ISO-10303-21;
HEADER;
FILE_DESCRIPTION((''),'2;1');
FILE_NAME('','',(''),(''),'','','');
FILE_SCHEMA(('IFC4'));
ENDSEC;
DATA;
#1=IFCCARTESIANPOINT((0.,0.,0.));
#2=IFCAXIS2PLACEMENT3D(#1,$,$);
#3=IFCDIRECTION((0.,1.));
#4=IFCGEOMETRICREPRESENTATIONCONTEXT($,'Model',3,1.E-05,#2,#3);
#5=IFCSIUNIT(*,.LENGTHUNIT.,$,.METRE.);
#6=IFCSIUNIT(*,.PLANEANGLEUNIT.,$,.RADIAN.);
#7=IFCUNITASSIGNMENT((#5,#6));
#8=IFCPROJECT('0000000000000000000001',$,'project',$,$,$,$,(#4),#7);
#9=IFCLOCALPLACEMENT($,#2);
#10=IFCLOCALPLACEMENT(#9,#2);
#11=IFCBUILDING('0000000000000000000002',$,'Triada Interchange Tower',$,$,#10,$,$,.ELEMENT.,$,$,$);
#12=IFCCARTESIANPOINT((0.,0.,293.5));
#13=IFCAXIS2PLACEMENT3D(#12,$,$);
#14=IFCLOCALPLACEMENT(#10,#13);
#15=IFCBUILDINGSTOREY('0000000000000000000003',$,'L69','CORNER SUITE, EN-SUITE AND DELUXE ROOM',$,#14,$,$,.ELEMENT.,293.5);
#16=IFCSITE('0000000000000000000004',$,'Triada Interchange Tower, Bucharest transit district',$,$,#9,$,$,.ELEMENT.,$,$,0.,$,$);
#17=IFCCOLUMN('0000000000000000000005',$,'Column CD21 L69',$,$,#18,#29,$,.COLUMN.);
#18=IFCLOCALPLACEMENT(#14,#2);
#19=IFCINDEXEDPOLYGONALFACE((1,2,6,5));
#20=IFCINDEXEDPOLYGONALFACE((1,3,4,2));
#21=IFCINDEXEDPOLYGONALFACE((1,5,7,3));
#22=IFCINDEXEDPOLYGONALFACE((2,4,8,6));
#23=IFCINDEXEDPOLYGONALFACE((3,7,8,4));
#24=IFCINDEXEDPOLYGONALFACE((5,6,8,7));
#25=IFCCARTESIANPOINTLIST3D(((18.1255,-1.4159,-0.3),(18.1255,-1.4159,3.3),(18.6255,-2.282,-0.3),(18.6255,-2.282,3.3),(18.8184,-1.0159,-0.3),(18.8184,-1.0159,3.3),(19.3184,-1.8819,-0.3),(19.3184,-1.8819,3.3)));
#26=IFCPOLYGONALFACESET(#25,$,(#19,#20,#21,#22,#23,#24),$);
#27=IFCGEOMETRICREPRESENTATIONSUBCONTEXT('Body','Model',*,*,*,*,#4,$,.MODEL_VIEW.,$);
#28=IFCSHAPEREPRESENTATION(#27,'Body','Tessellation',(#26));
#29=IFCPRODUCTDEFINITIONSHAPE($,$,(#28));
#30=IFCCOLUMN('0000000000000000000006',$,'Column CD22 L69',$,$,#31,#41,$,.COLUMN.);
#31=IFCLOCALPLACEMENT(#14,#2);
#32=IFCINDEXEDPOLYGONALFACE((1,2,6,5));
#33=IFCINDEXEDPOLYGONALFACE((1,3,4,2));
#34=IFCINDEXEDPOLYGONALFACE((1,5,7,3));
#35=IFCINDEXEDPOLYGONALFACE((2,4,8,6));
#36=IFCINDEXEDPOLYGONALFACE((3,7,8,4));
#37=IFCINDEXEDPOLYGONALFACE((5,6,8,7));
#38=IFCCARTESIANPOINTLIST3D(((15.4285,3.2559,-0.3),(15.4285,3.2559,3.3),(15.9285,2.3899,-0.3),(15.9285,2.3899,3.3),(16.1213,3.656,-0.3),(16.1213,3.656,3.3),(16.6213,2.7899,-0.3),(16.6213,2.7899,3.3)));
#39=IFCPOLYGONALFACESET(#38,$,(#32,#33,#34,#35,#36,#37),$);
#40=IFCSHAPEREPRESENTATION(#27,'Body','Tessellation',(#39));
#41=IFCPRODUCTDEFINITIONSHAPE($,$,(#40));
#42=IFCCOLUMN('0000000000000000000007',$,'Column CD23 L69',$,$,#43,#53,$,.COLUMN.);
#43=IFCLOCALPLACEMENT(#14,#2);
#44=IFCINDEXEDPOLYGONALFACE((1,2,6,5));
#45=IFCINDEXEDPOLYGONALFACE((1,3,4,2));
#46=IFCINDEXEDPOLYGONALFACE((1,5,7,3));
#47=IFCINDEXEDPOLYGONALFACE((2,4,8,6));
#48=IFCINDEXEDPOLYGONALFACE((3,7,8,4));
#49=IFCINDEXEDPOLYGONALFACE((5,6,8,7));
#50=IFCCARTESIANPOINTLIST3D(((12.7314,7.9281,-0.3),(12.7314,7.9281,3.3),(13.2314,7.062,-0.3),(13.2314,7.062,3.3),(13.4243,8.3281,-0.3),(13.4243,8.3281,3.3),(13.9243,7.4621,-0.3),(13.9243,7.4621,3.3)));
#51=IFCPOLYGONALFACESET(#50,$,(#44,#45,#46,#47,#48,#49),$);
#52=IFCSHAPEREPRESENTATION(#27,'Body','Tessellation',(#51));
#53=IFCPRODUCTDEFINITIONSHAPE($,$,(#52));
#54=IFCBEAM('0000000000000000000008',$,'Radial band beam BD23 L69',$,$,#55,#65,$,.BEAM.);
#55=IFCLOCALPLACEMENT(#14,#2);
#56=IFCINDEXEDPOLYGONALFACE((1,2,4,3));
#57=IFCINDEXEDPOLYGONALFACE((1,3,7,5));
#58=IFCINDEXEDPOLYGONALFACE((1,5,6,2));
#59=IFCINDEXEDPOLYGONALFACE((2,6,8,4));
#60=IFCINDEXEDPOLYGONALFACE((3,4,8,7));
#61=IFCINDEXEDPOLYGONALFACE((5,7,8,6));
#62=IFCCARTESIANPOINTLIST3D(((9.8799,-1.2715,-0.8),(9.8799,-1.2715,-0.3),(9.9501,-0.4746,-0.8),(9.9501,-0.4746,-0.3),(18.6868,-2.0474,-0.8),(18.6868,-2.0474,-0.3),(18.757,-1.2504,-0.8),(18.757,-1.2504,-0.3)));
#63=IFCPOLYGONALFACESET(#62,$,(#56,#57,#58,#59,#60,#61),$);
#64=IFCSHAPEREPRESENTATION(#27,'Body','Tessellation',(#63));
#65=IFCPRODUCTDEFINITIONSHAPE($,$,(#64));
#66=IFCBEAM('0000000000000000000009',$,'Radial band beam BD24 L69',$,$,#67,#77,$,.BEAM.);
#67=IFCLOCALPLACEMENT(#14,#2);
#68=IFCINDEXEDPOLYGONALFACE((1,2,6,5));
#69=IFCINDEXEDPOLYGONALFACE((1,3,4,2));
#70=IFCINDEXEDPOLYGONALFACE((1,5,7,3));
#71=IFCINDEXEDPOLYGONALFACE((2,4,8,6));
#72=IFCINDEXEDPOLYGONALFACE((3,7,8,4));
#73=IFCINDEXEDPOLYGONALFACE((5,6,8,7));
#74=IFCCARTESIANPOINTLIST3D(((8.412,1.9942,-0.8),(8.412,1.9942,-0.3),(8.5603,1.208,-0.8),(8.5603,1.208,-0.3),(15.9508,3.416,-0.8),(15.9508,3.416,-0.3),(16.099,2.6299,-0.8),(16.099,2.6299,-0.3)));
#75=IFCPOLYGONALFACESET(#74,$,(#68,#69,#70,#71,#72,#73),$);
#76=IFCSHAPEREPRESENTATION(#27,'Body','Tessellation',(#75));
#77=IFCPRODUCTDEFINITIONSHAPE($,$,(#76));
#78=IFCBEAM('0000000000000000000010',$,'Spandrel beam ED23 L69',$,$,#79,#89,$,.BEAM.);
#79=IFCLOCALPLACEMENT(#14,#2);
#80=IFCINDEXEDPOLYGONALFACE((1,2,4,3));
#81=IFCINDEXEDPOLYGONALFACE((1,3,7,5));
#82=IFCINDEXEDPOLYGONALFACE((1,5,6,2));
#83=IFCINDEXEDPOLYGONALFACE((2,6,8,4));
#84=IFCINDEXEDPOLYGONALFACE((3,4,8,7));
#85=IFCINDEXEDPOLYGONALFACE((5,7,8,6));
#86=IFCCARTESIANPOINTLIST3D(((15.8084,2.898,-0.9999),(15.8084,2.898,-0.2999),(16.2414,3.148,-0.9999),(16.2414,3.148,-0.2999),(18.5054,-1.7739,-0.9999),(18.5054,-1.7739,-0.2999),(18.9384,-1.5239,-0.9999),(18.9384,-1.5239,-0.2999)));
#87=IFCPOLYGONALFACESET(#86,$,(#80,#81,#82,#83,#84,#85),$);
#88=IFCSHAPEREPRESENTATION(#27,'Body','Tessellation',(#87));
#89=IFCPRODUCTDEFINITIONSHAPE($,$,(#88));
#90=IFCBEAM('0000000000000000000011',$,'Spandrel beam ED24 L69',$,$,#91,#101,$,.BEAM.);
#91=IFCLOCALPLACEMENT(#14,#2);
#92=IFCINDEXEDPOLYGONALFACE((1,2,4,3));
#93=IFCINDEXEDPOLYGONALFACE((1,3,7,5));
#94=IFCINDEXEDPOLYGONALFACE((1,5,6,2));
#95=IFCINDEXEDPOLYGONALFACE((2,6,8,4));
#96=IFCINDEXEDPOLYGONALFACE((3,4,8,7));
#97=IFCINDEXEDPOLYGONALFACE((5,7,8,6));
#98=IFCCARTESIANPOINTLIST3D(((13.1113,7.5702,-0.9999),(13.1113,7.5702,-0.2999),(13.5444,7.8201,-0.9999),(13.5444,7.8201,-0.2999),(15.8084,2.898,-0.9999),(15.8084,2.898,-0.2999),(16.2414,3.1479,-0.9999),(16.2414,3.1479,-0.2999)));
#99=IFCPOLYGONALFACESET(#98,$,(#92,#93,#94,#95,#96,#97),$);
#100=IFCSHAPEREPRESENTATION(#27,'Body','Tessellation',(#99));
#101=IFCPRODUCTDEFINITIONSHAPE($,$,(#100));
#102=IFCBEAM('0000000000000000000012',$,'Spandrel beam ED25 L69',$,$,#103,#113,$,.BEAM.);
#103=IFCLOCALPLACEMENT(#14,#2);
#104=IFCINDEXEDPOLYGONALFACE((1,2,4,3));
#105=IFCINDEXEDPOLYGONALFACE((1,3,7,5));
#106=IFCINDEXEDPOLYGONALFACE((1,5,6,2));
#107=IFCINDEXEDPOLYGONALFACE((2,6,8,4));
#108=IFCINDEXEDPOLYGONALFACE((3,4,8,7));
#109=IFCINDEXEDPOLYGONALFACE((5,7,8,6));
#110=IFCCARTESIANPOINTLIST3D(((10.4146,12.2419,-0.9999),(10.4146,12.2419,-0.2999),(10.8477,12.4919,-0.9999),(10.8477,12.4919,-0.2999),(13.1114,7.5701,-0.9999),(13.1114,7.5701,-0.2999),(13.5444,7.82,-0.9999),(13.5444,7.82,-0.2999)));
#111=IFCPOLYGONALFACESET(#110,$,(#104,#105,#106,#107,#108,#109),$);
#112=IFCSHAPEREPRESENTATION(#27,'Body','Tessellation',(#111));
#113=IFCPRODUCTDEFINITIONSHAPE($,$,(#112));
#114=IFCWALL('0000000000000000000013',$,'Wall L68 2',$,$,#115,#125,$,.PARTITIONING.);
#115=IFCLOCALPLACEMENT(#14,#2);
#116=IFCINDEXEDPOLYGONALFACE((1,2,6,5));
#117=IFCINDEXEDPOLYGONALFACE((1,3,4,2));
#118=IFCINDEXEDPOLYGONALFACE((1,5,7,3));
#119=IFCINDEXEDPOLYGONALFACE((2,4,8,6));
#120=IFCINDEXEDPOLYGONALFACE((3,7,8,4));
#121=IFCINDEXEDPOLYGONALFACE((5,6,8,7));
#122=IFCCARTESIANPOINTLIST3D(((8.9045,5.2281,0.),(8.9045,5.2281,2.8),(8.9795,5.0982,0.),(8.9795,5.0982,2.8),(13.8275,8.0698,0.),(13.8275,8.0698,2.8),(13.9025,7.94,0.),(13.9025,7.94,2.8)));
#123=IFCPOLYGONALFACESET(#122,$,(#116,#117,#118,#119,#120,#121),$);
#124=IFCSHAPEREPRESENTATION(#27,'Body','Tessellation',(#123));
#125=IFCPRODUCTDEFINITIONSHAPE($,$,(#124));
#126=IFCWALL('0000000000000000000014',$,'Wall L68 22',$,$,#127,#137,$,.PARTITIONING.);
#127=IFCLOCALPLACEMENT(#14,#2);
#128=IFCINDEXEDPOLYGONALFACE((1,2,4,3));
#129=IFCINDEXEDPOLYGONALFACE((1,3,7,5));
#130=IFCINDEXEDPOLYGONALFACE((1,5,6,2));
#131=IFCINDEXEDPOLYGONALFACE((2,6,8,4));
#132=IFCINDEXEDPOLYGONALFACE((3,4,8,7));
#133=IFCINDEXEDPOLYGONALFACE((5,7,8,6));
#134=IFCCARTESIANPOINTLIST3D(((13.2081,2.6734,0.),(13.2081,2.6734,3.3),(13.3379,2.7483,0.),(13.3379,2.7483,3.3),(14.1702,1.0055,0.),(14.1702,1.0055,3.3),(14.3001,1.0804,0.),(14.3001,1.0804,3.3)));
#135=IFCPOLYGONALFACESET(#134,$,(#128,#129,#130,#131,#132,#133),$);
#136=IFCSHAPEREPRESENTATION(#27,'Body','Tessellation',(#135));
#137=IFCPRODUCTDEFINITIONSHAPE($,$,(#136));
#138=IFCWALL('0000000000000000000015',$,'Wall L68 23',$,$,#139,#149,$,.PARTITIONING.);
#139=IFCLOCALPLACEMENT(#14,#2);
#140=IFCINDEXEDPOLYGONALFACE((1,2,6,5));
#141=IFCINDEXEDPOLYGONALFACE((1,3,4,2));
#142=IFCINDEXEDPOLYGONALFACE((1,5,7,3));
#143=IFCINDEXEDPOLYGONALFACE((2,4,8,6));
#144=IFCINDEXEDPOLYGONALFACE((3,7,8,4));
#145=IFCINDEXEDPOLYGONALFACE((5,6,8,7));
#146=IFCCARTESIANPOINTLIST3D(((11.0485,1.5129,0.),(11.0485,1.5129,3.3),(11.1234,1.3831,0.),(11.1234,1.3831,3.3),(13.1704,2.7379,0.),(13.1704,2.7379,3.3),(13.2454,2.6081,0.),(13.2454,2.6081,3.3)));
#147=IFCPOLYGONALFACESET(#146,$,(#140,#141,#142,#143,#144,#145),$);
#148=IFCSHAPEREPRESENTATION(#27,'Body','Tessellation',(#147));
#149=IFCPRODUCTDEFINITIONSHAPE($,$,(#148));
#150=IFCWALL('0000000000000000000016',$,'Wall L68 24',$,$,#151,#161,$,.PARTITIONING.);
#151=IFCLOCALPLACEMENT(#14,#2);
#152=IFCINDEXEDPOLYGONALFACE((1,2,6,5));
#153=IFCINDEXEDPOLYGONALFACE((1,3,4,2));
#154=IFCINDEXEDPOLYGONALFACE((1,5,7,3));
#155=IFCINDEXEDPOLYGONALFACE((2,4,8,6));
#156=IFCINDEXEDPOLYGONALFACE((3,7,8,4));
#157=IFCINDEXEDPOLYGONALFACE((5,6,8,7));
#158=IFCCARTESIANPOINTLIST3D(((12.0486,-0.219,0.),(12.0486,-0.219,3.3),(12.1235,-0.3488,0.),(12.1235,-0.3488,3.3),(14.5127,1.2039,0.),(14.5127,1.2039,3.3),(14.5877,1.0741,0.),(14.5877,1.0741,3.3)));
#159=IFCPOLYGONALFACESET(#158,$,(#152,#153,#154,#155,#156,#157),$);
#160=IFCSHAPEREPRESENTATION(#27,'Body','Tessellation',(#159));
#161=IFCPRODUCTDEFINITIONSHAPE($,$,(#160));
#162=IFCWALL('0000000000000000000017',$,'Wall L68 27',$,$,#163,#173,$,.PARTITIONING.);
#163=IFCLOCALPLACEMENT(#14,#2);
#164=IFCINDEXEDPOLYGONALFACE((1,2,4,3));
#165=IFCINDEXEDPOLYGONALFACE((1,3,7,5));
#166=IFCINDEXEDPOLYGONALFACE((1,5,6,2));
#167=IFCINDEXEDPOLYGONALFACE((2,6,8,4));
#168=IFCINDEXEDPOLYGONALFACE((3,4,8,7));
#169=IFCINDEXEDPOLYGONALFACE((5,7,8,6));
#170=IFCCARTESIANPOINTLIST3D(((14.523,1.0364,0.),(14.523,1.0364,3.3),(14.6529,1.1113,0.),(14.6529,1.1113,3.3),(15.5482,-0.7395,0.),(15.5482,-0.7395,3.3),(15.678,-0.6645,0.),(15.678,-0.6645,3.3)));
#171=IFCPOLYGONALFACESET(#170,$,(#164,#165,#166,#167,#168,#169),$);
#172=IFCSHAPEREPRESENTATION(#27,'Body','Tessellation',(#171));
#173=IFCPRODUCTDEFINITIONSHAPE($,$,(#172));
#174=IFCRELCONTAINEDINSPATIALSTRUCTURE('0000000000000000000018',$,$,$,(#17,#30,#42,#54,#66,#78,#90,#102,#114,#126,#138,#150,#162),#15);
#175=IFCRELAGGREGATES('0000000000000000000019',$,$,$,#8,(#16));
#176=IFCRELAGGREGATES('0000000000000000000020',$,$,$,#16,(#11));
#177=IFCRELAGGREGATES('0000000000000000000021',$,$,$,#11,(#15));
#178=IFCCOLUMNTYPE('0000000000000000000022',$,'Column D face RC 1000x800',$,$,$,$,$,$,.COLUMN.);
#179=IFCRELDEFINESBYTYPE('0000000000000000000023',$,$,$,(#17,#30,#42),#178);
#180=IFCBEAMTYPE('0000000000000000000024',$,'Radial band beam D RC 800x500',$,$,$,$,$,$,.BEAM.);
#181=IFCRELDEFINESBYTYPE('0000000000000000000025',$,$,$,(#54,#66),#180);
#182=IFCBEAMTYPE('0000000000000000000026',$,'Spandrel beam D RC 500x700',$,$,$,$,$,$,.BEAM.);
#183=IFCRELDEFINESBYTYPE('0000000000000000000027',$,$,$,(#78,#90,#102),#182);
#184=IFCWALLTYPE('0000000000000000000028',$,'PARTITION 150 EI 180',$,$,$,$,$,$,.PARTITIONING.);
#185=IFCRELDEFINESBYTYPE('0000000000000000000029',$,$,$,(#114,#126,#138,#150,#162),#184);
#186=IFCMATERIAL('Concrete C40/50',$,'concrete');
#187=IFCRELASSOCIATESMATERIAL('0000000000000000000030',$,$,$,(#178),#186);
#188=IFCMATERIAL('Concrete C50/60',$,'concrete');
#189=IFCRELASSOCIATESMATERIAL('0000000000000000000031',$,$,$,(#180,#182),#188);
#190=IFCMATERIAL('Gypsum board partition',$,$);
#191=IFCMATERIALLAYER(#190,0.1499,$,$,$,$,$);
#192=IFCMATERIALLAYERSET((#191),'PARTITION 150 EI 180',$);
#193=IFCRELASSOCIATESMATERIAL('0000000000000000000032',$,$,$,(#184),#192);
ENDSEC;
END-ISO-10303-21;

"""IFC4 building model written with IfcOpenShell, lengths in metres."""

from ifc_helpers import new_model, si_unit, direction, frame, frame_2d, origin, origin_2d, place, context, subcontext, project, spatial, rectangle, extrude, material, layer, layer_set, material_profile, profile_set, type_object, element, save


model = new_model("IFC4")

# Units and contexts
model_context = context("Model", 3, precision=1e-05, world=origin(), true_north=direction((0.0, 1.0)))
body_context = subcontext(model_context, "Body", "Model", "MODEL_VIEW")
ifc_project = project(units=[si_unit("LENGTHUNIT", "METRE"), si_unit("PLANEANGLEUNIT", "RADIAN")], contexts=[model_context])

# Site, building, storey
site_placement = place(None, origin())
site = spatial("IfcSite", under=ifc_project, at=site_placement, Name="Triada Interchange Tower, Bucharest transit district", CompositionType="ELEMENT", RefElevation=0.0)
building_placement = place(site_placement, origin())
building = spatial("IfcBuilding", under=site, at=building_placement, Name="Triada Interchange Tower", CompositionType="ELEMENT")
storey_placement = place(building_placement, frame((0.0, 0.0, 293.5)))
storey = spatial("IfcBuildingStorey", under=building, at=storey_placement, Name="L69", Description="CORNER SUITE, EN-SUITE AND DELUXE ROOM", CompositionType="ELEMENT", Elevation=293.5)

# Columns
ifc_material_1 = material(Name="Concrete C40/50", Category="concrete")
ifc_material_profile_1 = material_profile(ifc_material_1, rectangle(XDim=1.0, YDim=0.8, at=origin_2d()), Name="RC 1000x800")
ifc_profile_set_1 = profile_set([ifc_material_profile_1], Name="Concrete C40/50")
column_type = type_object("IfcColumnType", Name="Column D face RC 1000x800", PredefinedType="COLUMN", material=ifc_profile_set_1)
for number, where, z_axis, x_axis, name in (
    (1, (18.7219, -1.6489, -0.3), (0.0, 0.0, 1.0), (-0.5, 0.866025, 0.0), "Column CD21 L69"),
    (2, (16.0249, 3.0229, -0.3), (0.0, 0.0, 1.0), (-0.5, 0.866025, 0.0), "Column CD22 L69"),
    (3, (13.3279, 7.6951, -0.3), (0.0, 0.0, 1.0), (-0.5, 0.866025, 0.0), "Column CD23 L69"),
):
    element("IfcColumn", number, at=place(storey_placement, frame(where, z_axis=z_axis, x_axis=x_axis)), inside=storey, type_object=column_type, Name=name, PredefinedType="COLUMN", context=body_context, shape_type="SweptSolid", body=[
        extrude(rectangle(XDim=1.0, YDim=0.8, at=origin_2d()), origin(), (0.0, 0.0, 1.0), 3.6001),
    ])

# Beams
ifc_material_2 = material(Name="Concrete C50/60", Category="concrete")
ifc_material_profile_2 = material_profile(ifc_material_2, rectangle(XDim=0.8, YDim=0.5, at=origin_2d()), Name="RC 800x500")
ifc_profile_set_2 = profile_set([ifc_material_profile_2], Name="Concrete C50/60")
beam_type_1 = type_object("IfcBeamType", Name="Radial band beam D RC 800x500", PredefinedType="BEAM", material=ifc_profile_set_2)
beam_1_placement = place(storey_placement, frame((18.7219, -1.6489, -0.55), z_axis=(-0.996142, 0.087759, 0.0), x_axis=(-0.087759, -0.996142, 0.0)))
element("IfcBeam", 4, at=beam_1_placement, inside=storey, type_object=beam_type_1, Name="Radial band beam BD23 L69", PredefinedType="BEAM", context=body_context, shape_type="SweptSolid", body=[
    extrude(rectangle(XDim=0.8, YDim=0.5, at=origin_2d()), origin(), (0.0, 0.0, 1.0), 8.8411),
])
beam_2_placement = place(storey_placement, frame((16.0249, 3.0229, -0.55), z_axis=(-0.982675, -0.185339, 0.0), x_axis=(0.185339, -0.982675, 0.0)))
element("IfcBeam", 5, at=beam_2_placement, inside=storey, type_object=beam_type_1, Name="Radial band beam BD24 L69", PredefinedType="BEAM", context=body_context, shape_type="SweptSolid", body=[
    extrude(rectangle(XDim=0.8, YDim=0.5, at=origin_2d()), origin(), (0.0, 0.0, 1.0), 7.6716),
])
ifc_material_profile_3 = material_profile(ifc_material_2, rectangle(XDim=0.5, YDim=0.7, at=origin_2d()), Name="RC 500x700")
ifc_profile_set_3 = profile_set([ifc_material_profile_3], Name="Concrete C50/60")
beam_type_2 = type_object("IfcBeamType", Name="Spandrel beam D RC 500x700", PredefinedType="BEAM", material=ifc_profile_set_3)
beam_3_placement = place(storey_placement, frame((18.7219, -1.6489, -0.6499), z_axis=(-0.49996, 0.866048, 0.0), x_axis=(-0.866048, -0.49996, 0.0)))
element("IfcBeam", 6, at=beam_3_placement, inside=storey, type_object=beam_type_2, Name="Spandrel beam ED23 L69", PredefinedType="BEAM", context=body_context, shape_type="SweptSolid", body=[
    extrude(rectangle(XDim=0.5, YDim=0.7, at=origin_2d()), origin(), (0.0, 0.0, 1.0), 5.3945),
])
beam_4_placement = place(storey_placement, frame((16.0249, 3.0229, -0.6499), z_axis=(-0.499941, 0.86606, 0.0), x_axis=(-0.86606, -0.499941, 0.0)))
element("IfcBeam", 7, at=beam_4_placement, inside=storey, type_object=beam_type_2, Name="Spandrel beam ED24 L69", PredefinedType="BEAM", context=body_context, shape_type="SweptSolid", body=[
    extrude(rectangle(XDim=0.5, YDim=0.7, at=origin_2d()), origin(), (0.0, 0.0, 1.0), 5.3948),
])
beam_5_placement = place(storey_placement, frame((13.3279, 7.6951, -0.6499), z_axis=(-0.499926, 0.866068, 0.0), x_axis=(-0.866068, -0.499926, 0.0)))
element("IfcBeam", 8, at=beam_5_placement, inside=storey, type_object=beam_type_2, Name="Spandrel beam ED25 L69", PredefinedType="BEAM", context=body_context, shape_type="SweptSolid", body=[
    extrude(rectangle(XDim=0.5, YDim=0.7, at=origin_2d()), origin(), (0.0, 0.0, 1.0), 5.3943),
])

# Walls
ifc_material_3 = material(Name="Gypsum board partition")
ifc_layer_1 = layer(ifc_material_3, 0.1499)
ifc_layer_set_1 = layer_set([ifc_layer_1], Name="PARTITION 150 EI 180")
wall_type_1 = type_object("IfcWallType", Name="PARTITION 150 EI 180", PredefinedType="PARTITIONING", material=ifc_layer_set_1)
wall_1_placement = place(storey_placement, frame((8.9419, 5.1631, 0.0), z_axis=(0.0, 0.0, 1.0), x_axis=(0.866068, 0.499927, 0.0)))
element("IfcWall", 9, at=wall_1_placement, inside=storey, type_object=wall_type_1, Name="Wall L68 2", PredefinedType="PARTITIONING", context=body_context, shape_type="SweptSolid", body=[
    extrude(rectangle(XDim=5.6843, YDim=0.1499, at=frame_2d((2.8423, 0.0))), origin(), (0.0, 0.0, 1.0), 2.8),
])
wall_2_placement = place(storey_placement, frame((13.2729, 2.7109, 0.0), z_axis=(0.0, 0.0, 1.0), x_axis=(0.499671, -0.866215, 0.0)))
element("IfcWall", 10, at=wall_2_placement, inside=storey, type_object=wall_type_1, Name="Wall L68 22", PredefinedType="PARTITIONING", context=body_context, shape_type="SweptSolid", body=[
    extrude(rectangle(XDim=1.9255, YDim=0.1499, at=frame_2d((0.9629, 0.0))), origin(), (0.0, 0.0, 1.0), 3.3),
])
wall_3_placement = place(storey_placement, frame((11.0859, 1.448, 0.0), z_axis=(0.0, 0.0, 1.0), x_axis=(0.86604, 0.499975, 0.0)))
element("IfcWall", 11, at=wall_3_placement, inside=storey, type_object=wall_type_1, Name="Wall L68 23", PredefinedType="PARTITIONING", context=body_context, shape_type="SweptSolid", body=[
    extrude(rectangle(XDim=2.4502, YDim=0.1499, at=frame_2d((1.2251, 0.0))), origin(), (0.0, 0.0, 1.0), 3.3),
])
wall_4_placement = place(storey_placement, frame((12.0859, -0.2839, 0.0), z_axis=(0.0, 0.0, 1.0), x_axis=(0.865996, 0.500052, 0.0)))
element("IfcWall", 12, at=wall_4_placement, inside=storey, type_object=wall_type_1, Name="Wall L68 24", PredefinedType="PARTITIONING", context=body_context, shape_type="SweptSolid", body=[
    extrude(rectangle(XDim=2.8455, YDim=0.1499, at=frame_2d((1.4229, 0.0))), origin(), (0.0, 0.0, 1.0), 3.3),
])
wall_5_placement = place(storey_placement, frame((14.5879, 1.074, 0.0), z_axis=(0.0, 0.0, 1.0), x_axis=(0.499942, -0.866059, 0.0)))
element("IfcWall", 13, at=wall_5_placement, inside=storey, type_object=wall_type_1, Name="Wall L68 27", PredefinedType="PARTITIONING", context=body_context, shape_type="SweptSolid", body=[
    extrude(rectangle(XDim=2.0505, YDim=0.1499, at=frame_2d((1.0254, 0.0))), origin(), (0.0, 0.0, 1.0), 3.3),
])

save(model, "model.ifc")
